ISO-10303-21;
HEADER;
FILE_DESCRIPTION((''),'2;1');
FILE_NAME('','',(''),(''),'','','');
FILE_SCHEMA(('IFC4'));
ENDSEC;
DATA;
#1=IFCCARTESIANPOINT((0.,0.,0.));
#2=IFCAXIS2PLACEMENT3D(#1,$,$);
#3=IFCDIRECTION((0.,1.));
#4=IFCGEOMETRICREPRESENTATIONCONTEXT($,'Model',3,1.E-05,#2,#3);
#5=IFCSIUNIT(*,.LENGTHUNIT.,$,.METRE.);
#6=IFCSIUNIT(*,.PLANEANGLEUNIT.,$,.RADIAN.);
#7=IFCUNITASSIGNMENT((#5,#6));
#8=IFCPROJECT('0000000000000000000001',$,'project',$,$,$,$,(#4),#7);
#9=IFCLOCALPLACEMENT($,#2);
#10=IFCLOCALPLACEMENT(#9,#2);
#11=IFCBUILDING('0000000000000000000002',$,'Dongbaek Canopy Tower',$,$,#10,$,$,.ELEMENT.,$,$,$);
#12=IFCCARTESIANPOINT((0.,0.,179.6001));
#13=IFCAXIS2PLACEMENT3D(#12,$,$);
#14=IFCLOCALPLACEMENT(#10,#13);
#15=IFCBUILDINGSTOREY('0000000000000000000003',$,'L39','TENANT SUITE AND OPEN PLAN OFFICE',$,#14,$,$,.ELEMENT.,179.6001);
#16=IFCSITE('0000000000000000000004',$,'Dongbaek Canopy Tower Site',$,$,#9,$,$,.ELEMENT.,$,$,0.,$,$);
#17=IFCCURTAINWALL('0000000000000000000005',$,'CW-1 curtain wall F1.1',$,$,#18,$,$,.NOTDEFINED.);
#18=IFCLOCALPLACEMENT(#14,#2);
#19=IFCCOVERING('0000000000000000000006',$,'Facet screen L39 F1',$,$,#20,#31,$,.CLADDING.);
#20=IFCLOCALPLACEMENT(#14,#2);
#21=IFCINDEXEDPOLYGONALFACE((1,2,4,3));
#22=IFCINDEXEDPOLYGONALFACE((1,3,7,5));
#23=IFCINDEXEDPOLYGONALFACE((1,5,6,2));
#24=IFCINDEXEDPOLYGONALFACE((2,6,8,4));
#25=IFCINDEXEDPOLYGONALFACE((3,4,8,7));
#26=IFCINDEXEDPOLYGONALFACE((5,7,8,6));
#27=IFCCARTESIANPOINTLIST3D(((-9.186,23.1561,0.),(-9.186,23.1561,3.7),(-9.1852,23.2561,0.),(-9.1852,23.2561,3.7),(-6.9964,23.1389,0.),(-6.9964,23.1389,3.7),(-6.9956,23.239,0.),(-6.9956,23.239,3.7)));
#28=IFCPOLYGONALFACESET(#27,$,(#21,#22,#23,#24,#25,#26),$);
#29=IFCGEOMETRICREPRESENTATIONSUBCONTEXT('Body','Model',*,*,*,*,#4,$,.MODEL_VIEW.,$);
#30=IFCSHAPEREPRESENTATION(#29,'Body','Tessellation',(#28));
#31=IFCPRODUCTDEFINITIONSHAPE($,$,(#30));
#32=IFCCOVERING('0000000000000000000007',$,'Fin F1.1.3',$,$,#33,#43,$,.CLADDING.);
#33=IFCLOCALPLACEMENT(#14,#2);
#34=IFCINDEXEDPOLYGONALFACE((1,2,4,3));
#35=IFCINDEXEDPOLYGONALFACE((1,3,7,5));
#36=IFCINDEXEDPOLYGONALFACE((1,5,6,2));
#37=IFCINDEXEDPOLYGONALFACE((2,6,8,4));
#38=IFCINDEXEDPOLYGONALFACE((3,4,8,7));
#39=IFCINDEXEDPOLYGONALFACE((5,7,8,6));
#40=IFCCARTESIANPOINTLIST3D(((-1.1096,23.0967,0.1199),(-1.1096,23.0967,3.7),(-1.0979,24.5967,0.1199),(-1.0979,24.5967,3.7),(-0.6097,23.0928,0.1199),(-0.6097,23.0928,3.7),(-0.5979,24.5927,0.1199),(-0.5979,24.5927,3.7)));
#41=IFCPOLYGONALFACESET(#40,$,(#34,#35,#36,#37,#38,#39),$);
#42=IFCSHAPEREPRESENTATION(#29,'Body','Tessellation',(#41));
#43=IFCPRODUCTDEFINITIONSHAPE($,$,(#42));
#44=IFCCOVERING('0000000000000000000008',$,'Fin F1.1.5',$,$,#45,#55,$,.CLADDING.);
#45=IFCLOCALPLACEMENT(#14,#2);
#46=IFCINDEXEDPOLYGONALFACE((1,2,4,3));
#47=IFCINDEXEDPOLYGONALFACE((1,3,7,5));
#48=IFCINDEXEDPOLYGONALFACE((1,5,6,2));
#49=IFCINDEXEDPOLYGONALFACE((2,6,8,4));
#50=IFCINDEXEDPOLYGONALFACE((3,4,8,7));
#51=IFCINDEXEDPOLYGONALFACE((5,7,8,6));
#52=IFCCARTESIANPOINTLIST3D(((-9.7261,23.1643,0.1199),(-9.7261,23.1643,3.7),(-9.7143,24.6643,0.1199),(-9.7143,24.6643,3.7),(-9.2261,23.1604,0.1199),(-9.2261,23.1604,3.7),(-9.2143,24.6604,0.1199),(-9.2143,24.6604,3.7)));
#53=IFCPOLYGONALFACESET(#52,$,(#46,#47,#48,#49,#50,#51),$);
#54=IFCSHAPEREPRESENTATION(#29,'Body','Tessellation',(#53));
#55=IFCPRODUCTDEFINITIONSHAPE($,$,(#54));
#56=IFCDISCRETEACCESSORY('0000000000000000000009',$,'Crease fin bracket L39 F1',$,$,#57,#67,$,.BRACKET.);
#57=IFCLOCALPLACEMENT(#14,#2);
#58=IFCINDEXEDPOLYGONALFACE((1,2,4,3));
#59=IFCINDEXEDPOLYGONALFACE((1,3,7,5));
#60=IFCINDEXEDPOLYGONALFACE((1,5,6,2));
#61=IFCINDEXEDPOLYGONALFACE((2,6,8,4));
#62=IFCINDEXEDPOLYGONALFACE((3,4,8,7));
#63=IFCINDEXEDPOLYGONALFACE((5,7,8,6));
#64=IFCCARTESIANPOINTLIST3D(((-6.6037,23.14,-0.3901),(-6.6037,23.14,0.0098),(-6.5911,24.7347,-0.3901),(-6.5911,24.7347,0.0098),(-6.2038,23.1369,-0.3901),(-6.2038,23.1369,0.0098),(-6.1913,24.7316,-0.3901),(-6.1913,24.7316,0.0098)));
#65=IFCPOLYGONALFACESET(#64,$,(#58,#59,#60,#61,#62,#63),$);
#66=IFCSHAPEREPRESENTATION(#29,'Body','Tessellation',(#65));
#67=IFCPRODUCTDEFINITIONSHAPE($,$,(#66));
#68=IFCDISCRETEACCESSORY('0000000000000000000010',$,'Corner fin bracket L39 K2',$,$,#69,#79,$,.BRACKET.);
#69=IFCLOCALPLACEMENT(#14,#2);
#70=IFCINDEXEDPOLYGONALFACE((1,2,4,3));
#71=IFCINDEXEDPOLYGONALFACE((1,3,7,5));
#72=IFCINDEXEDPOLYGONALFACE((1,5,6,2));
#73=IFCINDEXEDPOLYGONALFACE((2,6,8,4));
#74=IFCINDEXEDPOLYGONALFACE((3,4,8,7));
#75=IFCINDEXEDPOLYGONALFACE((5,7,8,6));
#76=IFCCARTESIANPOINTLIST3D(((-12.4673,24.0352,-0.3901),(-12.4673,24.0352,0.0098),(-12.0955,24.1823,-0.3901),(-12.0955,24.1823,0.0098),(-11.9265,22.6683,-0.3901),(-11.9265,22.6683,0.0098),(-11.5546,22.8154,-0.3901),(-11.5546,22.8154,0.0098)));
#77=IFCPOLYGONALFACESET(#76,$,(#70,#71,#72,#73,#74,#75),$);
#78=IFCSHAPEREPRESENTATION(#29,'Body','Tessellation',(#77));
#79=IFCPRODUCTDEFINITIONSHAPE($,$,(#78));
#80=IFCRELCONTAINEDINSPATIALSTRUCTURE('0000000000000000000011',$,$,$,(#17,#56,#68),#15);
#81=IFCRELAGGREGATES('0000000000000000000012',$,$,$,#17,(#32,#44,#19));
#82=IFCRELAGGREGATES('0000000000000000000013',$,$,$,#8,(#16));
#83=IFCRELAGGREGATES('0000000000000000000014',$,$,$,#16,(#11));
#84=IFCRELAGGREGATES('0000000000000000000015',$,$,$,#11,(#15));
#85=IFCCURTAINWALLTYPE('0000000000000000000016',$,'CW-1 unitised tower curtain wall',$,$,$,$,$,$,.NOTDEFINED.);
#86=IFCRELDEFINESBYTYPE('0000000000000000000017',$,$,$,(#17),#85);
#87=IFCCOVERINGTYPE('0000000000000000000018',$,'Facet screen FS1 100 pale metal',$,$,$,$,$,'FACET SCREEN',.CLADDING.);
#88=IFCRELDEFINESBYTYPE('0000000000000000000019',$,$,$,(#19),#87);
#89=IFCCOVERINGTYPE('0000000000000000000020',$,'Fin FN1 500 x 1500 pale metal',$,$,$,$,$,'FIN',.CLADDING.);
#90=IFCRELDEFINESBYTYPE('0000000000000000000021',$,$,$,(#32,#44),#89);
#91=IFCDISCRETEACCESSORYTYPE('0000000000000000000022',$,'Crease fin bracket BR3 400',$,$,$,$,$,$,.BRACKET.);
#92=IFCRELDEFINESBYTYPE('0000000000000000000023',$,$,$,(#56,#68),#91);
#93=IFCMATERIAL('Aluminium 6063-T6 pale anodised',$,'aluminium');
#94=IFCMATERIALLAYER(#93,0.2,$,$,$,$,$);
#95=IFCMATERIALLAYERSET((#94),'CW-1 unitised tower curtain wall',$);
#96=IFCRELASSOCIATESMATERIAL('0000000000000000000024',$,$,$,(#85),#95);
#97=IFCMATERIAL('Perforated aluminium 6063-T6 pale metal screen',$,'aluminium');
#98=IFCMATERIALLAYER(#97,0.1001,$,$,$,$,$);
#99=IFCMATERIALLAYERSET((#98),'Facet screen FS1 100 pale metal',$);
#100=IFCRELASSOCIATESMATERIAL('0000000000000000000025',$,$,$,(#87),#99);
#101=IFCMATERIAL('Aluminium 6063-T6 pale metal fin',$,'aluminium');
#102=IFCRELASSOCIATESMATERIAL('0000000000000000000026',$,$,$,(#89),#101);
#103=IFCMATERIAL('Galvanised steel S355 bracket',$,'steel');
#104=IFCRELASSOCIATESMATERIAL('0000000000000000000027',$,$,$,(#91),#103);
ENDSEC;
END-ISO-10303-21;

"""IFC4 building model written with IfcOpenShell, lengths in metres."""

from ifc_helpers import new_model, si_unit, direction, frame, origin, origin_2d, place, context, subcontext, project, spatial, rectangle, extrude, material, layer, layer_set, material_profile, profile_set, type_object, element, aggregate, save


model = new_model("IFC4")

# Units and contexts
model_context = context("Model", 3, precision=1e-05, world=origin(), true_north=direction((0.0, 1.0)))
body_context = subcontext(model_context, "Body", "Model", "MODEL_VIEW")
ifc_project = project(units=[si_unit("LENGTHUNIT", "METRE"), si_unit("PLANEANGLEUNIT", "RADIAN")], contexts=[model_context])

# Site, building, storey
site_placement = place(None, origin())
site = spatial("IfcSite", under=ifc_project, at=site_placement, Name="Dongbaek Canopy Tower Site", CompositionType="ELEMENT", RefElevation=0.0)
building_placement = place(site_placement, origin())
building = spatial("IfcBuilding", under=site, at=building_placement, Name="Dongbaek Canopy Tower", CompositionType="ELEMENT")
storey_placement = place(building_placement, frame((0.0, 0.0, 179.6001)))
storey = spatial("IfcBuildingStorey", under=building, at=storey_placement, Name="L39", Description="TENANT SUITE AND OPEN PLAN OFFICE", CompositionType="ELEMENT", Elevation=179.6001)

# Curtain wall
ifc_material_1 = material(Name="Aluminium 6063-T6 pale anodised", Category="aluminium")
ifc_layer_1 = layer(ifc_material_1, 0.2)
ifc_layer_set_1 = layer_set([ifc_layer_1], Name="CW-1 unitised tower curtain wall")
curtain_wall_type = type_object("IfcCurtainWallType", Name="CW-1 unitised tower curtain wall", PredefinedType="NOTDEFINED", material=ifc_layer_set_1)
curtain_wall_1_placement = place(storey_placement, origin())
curtain_wall_1 = element("IfcCurtainWall", 1, at=curtain_wall_1_placement, inside=storey, type_object=curtain_wall_type, Name="CW-1 curtain wall F1.1", PredefinedType="NOTDEFINED")

# Coverings
ifc_material_2 = material(Name="Perforated aluminium 6063-T6 pale metal screen", Category="aluminium")
ifc_layer_2 = layer(ifc_material_2, 0.1001)
ifc_layer_set_2 = layer_set([ifc_layer_2], Name="Facet screen FS1 100 pale metal")
covering_type_1 = type_object("IfcCoveringType", Name="Facet screen FS1 100 pale metal", ElementType="FACET SCREEN", PredefinedType="CLADDING", material=ifc_layer_set_2)
covering_1_placement = place(storey_placement, frame((-8.0908, 23.1975, 0.0), z_axis=(0.0, 0.0, 1.0), x_axis=(-0.999969, 0.007847, 0.0)))
covering_1 = element("IfcCovering", 2, at=covering_1_placement, type_object=covering_type_1, Name="Facet screen L39 F1", PredefinedType="CLADDING", context=body_context, shape_type="SweptSolid", body=[
    extrude(rectangle(XDim=2.1897, YDim=0.1001, at=origin_2d()), origin(), (0.0, 0.0, 1.0), 3.7),
])
ifc_material_3 = material(Name="Aluminium 6063-T6 pale metal fin", Category="aluminium")
ifc_material_profile_1 = material_profile(ifc_material_3, rectangle(XDim=1.5, YDim=0.5, at=origin_2d()), Name="Fin FN1 500 x 1500 pale metal")
ifc_profile_set_1 = profile_set([ifc_material_profile_1], Name="Aluminium 6063-T6 pale metal fin")
covering_type_2 = type_object("IfcCoveringType", Name="Fin FN1 500 x 1500 pale metal", ElementType="FIN", PredefinedType="CLADDING", material=ifc_profile_set_1)
covering_2_placement = place(storey_placement, frame((-0.8538, 23.8447, 0.1199), z_axis=(0.0, 0.0, 1.0), x_axis=(0.007847, 0.999969, 0.0)))
covering_2 = element("IfcCovering", 3, at=covering_2_placement, type_object=covering_type_2, Name="Fin F1.1.3", PredefinedType="CLADDING", context=body_context, shape_type="SweptSolid", body=[
    extrude(rectangle(XDim=1.5, YDim=0.5, at=origin_2d()), origin(), (0.0, 0.0, 1.0), 3.5801),
])
covering_3_placement = place(storey_placement, frame((-9.4702, 23.9124, 0.1199), z_axis=(0.0, 0.0, 1.0), x_axis=(0.007847, 0.999969, 0.0)))
covering_3 = element("IfcCovering", 4, at=covering_3_placement, type_object=covering_type_2, Name="Fin F1.1.5", PredefinedType="CLADDING", context=body_context, shape_type="SweptSolid", body=[
    extrude(rectangle(XDim=1.5, YDim=0.5, at=origin_2d()), origin(), (0.0, 0.0, 1.0), 3.5801),
])
aggregate(curtain_wall_1, [covering_2, covering_3, covering_1])

# Discrete accessories
ifc_material_4 = material(Name="Galvanised steel S355 bracket", Category="steel")
discrete_accessory_type = type_object("IfcDiscreteAccessoryType", Name="Crease fin bracket BR3 400", PredefinedType="BRACKET", material=ifc_material_4)
discrete_accessory_1_placement = place(storey_placement, frame((-6.3975, 23.9358, -0.3901), z_axis=(0.0, 0.0, 1.0), x_axis=(0.007847, 0.999969, 0.0)))
element("IfcDiscreteAccessory", 5, at=discrete_accessory_1_placement, inside=storey, type_object=discrete_accessory_type, Name="Crease fin bracket L39 F1", PredefinedType="BRACKET", context=body_context, shape_type="SweptSolid", body=[
    extrude(rectangle(XDim=1.5947, YDim=0.3999, at=origin_2d()), origin(), (0.0, 0.0, 1.0), 0.3999),
])
discrete_accessory_2_placement = place(storey_placement, frame((-12.011, 23.4253, -0.3901), z_axis=(0.0, 0.0, 1.0), x_axis=(-0.367936, 0.929851, 0.0)))
element("IfcDiscreteAccessory", 6, at=discrete_accessory_2_placement, inside=storey, type_object=discrete_accessory_type, Name="Corner fin bracket L39 K2", PredefinedType="BRACKET", context=body_context, shape_type="SweptSolid", body=[
    extrude(rectangle(XDim=1.47, YDim=0.3999, at=origin_2d()), origin(), (0.0, 0.0, 1.0), 0.3999),
])

save(model, "model.ifc")
